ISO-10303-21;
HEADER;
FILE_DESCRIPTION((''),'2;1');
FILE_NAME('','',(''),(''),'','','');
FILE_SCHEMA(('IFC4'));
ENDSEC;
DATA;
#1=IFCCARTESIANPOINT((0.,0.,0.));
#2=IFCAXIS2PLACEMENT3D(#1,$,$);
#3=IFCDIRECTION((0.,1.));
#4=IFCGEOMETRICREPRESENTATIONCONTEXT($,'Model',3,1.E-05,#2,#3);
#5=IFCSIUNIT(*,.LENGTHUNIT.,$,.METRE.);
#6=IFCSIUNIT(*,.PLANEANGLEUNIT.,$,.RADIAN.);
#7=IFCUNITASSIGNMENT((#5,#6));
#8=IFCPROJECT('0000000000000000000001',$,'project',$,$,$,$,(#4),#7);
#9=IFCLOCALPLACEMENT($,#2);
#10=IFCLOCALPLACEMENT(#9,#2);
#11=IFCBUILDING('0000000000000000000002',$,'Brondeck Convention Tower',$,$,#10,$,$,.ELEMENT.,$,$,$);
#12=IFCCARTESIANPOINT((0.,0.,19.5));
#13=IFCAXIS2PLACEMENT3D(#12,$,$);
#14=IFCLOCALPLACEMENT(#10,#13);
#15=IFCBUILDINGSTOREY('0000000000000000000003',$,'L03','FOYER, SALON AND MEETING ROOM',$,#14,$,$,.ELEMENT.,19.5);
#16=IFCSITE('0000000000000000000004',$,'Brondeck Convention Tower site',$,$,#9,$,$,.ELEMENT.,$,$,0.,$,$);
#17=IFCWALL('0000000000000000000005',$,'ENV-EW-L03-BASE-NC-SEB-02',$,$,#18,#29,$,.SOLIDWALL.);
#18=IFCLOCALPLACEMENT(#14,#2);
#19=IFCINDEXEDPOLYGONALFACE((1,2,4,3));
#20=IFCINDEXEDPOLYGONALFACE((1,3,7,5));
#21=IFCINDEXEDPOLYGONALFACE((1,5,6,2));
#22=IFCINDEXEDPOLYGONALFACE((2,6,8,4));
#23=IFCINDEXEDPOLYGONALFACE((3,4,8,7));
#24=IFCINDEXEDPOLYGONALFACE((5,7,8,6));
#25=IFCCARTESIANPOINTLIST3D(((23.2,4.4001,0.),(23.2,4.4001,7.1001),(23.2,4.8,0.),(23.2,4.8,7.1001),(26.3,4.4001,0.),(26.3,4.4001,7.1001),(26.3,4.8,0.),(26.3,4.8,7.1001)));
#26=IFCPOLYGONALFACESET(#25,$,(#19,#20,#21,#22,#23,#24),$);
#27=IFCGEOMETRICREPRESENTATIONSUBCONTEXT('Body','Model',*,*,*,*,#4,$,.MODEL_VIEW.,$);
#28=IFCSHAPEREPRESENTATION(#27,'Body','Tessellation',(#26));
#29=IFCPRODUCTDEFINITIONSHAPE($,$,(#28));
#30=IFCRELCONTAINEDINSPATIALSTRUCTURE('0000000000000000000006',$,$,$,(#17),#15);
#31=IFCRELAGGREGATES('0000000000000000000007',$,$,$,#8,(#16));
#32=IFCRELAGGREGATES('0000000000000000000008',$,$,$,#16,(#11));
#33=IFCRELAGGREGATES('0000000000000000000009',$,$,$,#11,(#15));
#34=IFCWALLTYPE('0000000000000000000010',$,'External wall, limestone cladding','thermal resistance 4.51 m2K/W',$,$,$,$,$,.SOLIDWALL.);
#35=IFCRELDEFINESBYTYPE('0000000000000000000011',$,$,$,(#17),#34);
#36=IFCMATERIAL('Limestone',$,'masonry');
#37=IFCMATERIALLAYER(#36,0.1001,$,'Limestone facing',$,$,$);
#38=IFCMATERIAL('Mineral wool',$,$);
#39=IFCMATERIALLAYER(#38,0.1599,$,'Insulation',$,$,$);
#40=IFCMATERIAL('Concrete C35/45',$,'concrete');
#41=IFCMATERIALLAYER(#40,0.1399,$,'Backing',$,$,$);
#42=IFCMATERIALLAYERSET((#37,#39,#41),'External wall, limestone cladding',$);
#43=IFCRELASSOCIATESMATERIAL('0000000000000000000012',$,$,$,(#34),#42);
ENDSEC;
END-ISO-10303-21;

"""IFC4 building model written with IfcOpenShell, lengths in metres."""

from ifc_helpers import new_model, si_unit, direction, frame, frame_2d, origin, place, context, subcontext, project, spatial, rectangle, extrude, material, layer, layer_set, type_object, element, save


model = new_model("IFC4")

# Units and contexts
model_context = context("Model", 3, precision=1e-05, world=origin(), true_north=direction((0.0, 1.0)))
body_context = subcontext(model_context, "Body", "Model", "MODEL_VIEW")
ifc_project = project(units=[si_unit("LENGTHUNIT", "METRE"), si_unit("PLANEANGLEUNIT", "RADIAN")], contexts=[model_context])

# Site, building, storey
site_placement = place(None, origin())
site = spatial("IfcSite", under=ifc_project, at=site_placement, Name="Brondeck Convention Tower site", CompositionType="ELEMENT", RefElevation=0.0)
building_placement = place(site_placement, origin())
building = spatial("IfcBuilding", under=site, at=building_placement, Name="Brondeck Convention Tower", CompositionType="ELEMENT")
storey_placement = place(building_placement, frame((0.0, 0.0, 19.5)))
storey = spatial("IfcBuildingStorey", under=building, at=storey_placement, Name="L03", Description="FOYER, SALON AND MEETING ROOM", CompositionType="ELEMENT", Elevation=19.5)

# Wall
ifc_material_1 = material(Name="Limestone", Category="masonry")
ifc_layer_1 = layer(ifc_material_1, 0.1001, Name="Limestone facing")
ifc_material_2 = material(Name="Mineral wool")
ifc_layer_2 = layer(ifc_material_2, 0.1599, Name="Insulation")
ifc_material_3 = material(Name="Concrete C35/45", Category="concrete")
ifc_layer_3 = layer(ifc_material_3, 0.1399, Name="Backing")
ifc_layer_set_1 = layer_set([ifc_layer_1, ifc_layer_2, ifc_layer_3], Name="External wall, limestone cladding")
wall_type = type_object("IfcWallType", Name="External wall, limestone cladding", Description="thermal resistance 4.51 m2K/W", PredefinedType="SOLIDWALL", material=ifc_layer_set_1)
wall_placement = place(storey_placement, frame((26.3, 4.6001, 0.0), z_axis=(0.0, 0.0, 1.0), x_axis=(-1.0, 0.0, 0.0)))
element("IfcWall", 1, at=wall_placement, inside=storey, type_object=wall_type, Name="ENV-EW-L03-BASE-NC-SEB-02", PredefinedType="SOLIDWALL", context=body_context, shape_type="SweptSolid", body=[
    extrude(rectangle(XDim=3.1001, YDim=0.3999, at=frame_2d((1.55, 0.0))), origin(), (0.0, 0.0, 1.0), 7.1001),
])

save(model, "model.ifc")
